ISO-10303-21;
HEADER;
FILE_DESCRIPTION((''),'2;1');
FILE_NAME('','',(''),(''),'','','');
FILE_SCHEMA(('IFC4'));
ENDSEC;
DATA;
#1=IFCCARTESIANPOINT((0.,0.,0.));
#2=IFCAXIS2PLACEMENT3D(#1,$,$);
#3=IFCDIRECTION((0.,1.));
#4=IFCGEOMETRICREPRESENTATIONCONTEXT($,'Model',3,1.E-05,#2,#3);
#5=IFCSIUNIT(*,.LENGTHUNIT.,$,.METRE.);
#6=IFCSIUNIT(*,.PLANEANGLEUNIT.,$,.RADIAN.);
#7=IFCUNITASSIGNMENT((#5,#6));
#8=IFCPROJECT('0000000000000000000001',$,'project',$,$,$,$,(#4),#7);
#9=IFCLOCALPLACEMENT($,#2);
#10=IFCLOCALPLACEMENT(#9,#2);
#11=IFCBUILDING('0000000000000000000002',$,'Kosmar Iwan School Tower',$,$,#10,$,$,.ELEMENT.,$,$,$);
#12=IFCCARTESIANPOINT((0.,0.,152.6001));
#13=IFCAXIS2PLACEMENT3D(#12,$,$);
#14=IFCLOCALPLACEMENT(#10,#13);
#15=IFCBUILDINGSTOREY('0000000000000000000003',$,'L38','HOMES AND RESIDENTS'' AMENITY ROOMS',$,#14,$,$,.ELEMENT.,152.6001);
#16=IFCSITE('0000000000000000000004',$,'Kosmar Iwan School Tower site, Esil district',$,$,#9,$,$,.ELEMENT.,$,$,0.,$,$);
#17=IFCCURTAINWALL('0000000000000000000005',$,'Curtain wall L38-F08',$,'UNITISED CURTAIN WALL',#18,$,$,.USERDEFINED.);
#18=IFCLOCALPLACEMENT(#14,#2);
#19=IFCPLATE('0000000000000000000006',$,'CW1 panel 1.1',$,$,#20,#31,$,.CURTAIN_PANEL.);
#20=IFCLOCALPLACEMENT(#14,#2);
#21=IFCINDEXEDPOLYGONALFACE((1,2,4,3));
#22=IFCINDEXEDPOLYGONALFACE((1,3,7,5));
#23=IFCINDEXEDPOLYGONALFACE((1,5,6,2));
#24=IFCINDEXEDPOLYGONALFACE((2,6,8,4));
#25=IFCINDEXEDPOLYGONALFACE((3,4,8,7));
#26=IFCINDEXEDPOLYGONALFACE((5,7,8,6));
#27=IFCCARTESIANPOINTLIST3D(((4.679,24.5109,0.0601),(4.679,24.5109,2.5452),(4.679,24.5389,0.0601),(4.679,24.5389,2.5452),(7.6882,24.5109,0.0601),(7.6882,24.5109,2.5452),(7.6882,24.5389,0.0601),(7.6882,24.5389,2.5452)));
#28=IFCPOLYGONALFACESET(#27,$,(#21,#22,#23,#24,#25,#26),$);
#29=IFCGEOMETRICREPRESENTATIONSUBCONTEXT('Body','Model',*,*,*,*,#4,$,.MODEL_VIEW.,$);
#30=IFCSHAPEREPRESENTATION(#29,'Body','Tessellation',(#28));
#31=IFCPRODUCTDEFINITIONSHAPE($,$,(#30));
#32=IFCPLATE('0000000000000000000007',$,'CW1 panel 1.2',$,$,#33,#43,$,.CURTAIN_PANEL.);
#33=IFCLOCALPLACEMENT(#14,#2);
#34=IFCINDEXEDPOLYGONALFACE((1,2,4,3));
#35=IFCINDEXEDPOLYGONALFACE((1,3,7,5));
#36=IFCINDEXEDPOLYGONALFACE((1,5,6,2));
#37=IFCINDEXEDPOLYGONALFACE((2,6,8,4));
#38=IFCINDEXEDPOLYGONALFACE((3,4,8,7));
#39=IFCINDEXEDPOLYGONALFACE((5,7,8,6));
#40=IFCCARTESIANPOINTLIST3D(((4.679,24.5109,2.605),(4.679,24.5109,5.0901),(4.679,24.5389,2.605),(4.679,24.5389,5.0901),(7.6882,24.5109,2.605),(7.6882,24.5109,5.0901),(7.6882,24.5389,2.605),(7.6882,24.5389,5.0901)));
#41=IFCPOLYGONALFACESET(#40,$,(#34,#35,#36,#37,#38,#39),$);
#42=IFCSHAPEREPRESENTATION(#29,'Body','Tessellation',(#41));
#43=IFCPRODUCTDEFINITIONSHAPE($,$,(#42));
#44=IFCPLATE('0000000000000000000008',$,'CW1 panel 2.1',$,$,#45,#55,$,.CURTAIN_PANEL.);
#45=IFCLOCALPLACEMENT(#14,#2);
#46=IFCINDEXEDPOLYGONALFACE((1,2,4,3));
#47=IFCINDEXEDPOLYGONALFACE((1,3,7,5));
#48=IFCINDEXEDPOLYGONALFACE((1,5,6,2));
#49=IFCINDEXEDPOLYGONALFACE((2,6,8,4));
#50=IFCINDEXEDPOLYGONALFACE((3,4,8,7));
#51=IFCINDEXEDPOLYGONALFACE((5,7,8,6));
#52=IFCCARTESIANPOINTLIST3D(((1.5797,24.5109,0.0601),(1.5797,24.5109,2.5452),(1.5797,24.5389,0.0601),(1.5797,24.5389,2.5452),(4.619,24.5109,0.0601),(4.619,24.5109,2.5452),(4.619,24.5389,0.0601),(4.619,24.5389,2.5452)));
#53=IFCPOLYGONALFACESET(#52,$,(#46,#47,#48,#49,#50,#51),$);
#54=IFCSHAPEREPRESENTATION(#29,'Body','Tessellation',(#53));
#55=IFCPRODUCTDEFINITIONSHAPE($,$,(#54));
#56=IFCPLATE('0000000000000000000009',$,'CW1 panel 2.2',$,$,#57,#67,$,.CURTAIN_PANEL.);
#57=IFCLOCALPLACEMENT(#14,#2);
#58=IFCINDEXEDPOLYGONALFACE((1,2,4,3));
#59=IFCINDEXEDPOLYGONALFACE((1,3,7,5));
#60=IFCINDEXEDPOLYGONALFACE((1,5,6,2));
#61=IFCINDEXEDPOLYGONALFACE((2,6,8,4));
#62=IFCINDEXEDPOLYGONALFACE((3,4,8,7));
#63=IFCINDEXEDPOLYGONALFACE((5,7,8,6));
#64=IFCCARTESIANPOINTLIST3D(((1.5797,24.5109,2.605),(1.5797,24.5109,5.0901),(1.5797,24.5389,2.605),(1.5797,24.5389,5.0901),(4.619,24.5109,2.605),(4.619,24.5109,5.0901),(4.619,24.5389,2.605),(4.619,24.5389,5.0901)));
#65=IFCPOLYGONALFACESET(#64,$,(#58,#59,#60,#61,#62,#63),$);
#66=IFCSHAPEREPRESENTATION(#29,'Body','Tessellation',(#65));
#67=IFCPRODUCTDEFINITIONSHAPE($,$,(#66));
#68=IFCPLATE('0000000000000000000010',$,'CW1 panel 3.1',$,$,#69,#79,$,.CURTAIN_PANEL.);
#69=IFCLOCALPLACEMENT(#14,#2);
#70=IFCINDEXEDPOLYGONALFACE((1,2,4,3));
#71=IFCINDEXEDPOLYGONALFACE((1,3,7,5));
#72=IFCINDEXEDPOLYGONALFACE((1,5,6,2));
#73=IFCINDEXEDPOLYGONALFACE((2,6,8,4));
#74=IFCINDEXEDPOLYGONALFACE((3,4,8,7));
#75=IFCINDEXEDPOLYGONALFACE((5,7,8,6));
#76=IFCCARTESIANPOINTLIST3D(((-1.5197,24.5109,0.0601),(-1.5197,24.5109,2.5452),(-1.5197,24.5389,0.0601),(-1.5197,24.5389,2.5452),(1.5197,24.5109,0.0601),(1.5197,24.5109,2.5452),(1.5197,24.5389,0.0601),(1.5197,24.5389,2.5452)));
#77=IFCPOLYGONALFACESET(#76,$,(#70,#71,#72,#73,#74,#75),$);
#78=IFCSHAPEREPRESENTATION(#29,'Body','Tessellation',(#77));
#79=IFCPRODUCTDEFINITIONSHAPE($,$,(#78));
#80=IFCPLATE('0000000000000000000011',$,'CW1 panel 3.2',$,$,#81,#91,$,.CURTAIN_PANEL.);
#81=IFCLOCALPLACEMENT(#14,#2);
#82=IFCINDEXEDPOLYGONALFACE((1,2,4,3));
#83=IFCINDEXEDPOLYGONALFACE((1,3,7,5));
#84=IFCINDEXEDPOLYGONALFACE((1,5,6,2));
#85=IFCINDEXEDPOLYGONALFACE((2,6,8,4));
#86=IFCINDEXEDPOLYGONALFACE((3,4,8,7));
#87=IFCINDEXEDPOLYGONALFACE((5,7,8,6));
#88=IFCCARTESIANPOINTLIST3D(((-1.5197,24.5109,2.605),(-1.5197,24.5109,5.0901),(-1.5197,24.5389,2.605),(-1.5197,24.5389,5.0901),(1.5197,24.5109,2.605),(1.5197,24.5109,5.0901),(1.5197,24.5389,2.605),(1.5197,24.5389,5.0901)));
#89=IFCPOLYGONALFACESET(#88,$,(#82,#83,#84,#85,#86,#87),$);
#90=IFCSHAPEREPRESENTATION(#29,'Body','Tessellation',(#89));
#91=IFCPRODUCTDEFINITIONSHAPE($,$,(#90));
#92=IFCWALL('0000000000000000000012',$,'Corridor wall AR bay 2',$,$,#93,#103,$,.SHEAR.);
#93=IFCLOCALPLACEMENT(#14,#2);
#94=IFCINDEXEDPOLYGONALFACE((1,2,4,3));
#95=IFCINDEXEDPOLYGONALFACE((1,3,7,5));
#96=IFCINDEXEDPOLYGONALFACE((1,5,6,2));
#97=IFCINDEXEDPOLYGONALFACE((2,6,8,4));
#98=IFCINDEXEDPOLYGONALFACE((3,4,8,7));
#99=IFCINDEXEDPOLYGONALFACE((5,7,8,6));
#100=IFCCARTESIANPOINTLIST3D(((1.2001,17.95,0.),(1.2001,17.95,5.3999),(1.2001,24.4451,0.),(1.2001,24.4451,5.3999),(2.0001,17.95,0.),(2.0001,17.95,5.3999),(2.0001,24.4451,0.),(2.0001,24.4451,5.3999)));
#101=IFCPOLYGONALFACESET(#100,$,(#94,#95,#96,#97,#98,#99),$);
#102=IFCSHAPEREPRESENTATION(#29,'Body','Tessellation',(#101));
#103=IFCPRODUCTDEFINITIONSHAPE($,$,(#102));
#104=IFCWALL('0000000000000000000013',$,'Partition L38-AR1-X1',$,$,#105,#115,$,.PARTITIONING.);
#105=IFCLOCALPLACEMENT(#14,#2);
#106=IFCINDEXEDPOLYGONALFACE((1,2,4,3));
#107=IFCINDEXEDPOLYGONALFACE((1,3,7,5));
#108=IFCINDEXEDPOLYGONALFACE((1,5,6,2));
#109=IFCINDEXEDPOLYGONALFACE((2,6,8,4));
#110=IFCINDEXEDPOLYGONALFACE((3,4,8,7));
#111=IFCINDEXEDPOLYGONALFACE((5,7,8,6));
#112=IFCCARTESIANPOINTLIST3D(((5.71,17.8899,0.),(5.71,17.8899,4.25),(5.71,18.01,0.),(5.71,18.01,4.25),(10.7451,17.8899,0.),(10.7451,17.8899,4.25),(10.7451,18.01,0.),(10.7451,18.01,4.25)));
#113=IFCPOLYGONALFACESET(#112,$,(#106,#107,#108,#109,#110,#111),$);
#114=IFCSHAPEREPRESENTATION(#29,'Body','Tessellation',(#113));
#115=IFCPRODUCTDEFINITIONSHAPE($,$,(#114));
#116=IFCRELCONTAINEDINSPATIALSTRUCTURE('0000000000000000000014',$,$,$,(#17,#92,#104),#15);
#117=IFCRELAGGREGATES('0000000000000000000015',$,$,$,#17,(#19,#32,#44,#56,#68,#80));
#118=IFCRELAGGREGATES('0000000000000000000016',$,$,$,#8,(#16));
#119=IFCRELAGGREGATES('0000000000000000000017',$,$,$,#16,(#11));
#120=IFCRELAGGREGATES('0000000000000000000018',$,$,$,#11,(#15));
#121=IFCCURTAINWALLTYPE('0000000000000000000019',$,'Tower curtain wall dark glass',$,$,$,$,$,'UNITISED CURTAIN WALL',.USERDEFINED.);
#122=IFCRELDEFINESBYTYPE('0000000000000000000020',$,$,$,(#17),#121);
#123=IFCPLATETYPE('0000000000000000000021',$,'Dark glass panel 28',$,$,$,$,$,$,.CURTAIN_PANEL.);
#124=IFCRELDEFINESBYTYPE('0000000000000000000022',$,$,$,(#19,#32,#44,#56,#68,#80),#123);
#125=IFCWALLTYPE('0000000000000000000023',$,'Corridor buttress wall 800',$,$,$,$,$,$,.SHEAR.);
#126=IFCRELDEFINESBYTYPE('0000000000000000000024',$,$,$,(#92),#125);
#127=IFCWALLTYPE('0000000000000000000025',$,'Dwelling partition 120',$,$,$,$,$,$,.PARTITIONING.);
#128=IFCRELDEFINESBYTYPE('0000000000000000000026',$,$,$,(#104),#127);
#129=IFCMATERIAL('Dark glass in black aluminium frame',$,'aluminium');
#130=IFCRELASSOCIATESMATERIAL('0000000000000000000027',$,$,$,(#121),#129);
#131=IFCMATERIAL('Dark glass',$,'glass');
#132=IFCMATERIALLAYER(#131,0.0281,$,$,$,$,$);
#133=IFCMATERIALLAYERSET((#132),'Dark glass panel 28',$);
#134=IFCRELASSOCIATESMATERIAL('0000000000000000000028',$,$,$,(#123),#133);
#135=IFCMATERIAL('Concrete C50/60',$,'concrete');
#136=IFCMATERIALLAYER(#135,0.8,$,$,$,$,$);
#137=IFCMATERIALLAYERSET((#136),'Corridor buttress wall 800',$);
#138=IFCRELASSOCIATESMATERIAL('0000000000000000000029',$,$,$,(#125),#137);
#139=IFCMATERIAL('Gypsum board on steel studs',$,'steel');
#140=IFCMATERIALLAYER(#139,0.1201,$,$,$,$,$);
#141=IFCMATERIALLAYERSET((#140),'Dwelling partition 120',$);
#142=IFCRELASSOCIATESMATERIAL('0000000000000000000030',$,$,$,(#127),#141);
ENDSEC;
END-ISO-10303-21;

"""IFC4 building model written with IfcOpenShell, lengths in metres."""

from ifc_helpers import new_model, si_unit, direction, frame, frame_2d, origin, origin_2d, place, context, subcontext, project, spatial, rectangle, extrude, material, layer, layer_set, type_object, element, aggregate, save


model = new_model("IFC4")

# Units and contexts
model_context = context("Model", 3, precision=1e-05, world=origin(), true_north=direction((0.0, 1.0)))
body_context = subcontext(model_context, "Body", "Model", "MODEL_VIEW")
ifc_project = project(units=[si_unit("LENGTHUNIT", "METRE"), si_unit("PLANEANGLEUNIT", "RADIAN")], contexts=[model_context])

# Site, building, storey
site_placement = place(None, origin())
site = spatial("IfcSite", under=ifc_project, at=site_placement, Name="Kosmar Iwan School Tower site, Esil district", CompositionType="ELEMENT", RefElevation=0.0)
building_placement = place(site_placement, origin())
building = spatial("IfcBuilding", under=site, at=building_placement, Name="Kosmar Iwan School Tower", CompositionType="ELEMENT")
storey_placement = place(building_placement, frame((0.0, 0.0, 152.6001)))
storey = spatial("IfcBuildingStorey", under=building, at=storey_placement, Name="L38", Description="HOMES AND RESIDENTS' AMENITY ROOMS", CompositionType="ELEMENT", Elevation=152.6001)

# Curtain wall
ifc_material_1 = material(Name="Dark glass in black aluminium frame", Category="aluminium")
curtain_wall_type = type_object("IfcCurtainWallType", Name="Tower curtain wall dark glass", ElementType="UNITISED CURTAIN WALL", PredefinedType="USERDEFINED", material=ifc_material_1)
curtain_wall_placement = place(storey_placement, origin())
curtain_wall = element("IfcCurtainWall", 1, at=curtain_wall_placement, inside=storey, type_object=curtain_wall_type, Name="Curtain wall L38-F08", ObjectType="UNITISED CURTAIN WALL", PredefinedType="USERDEFINED")

# Plates
ifc_material_2 = material(Name="Dark glass", Category="glass")
ifc_layer_1 = layer(ifc_material_2, 0.0281)
ifc_layer_set_1 = layer_set([ifc_layer_1], Name="Dark glass panel 28")
plate_type = type_object("IfcPlateType", Name="Dark glass panel 28", PredefinedType="CURTAIN_PANEL", material=ifc_layer_set_1)
plate_1_placement = place(storey_placement, frame((6.1836, 24.5249, 0.0601), z_axis=(0.0, 0.0, 1.0), x_axis=(-1.0, 0.0, 0.0)))
plate_1 = element("IfcPlate", 2, at=plate_1_placement, type_object=plate_type, Name="CW1 panel 1.1", PredefinedType="CURTAIN_PANEL", context=body_context, shape_type="SweptSolid", body=[
    extrude(rectangle(XDim=3.0093, YDim=0.0281, at=origin_2d()), origin(), (0.0, 0.0, 1.0), 2.4851),
])
plate_2_placement = place(storey_placement, frame((6.1836, 24.5249, 2.605), z_axis=(0.0, 0.0, 1.0), x_axis=(-1.0, 0.0, 0.0)))
plate_2 = element("IfcPlate", 3, at=plate_2_placement, type_object=plate_type, Name="CW1 panel 1.2", PredefinedType="CURTAIN_PANEL", context=body_context, shape_type="SweptSolid", body=[
    extrude(rectangle(XDim=3.0093, YDim=0.0281, at=origin_2d()), origin(), (0.0, 0.0, 1.0), 2.4851),
])
plate_3_placement = place(storey_placement, frame((3.0994, 24.5249, 0.0601), z_axis=(0.0, 0.0, 1.0), x_axis=(-1.0, 0.0, 0.0)))
plate_3 = element("IfcPlate", 4, at=plate_3_placement, type_object=plate_type, Name="CW1 panel 2.1", PredefinedType="CURTAIN_PANEL", context=body_context, shape_type="SweptSolid", body=[
    extrude(rectangle(XDim=3.0393, YDim=0.0281, at=origin_2d()), origin(), (0.0, 0.0, 1.0), 2.4851),
])
plate_4_placement = place(storey_placement, frame((3.0994, 24.5249, 2.605), z_axis=(0.0, 0.0, 1.0), x_axis=(-1.0, 0.0, 0.0)))
plate_4 = element("IfcPlate", 5, at=plate_4_placement, type_object=plate_type, Name="CW1 panel 2.2", PredefinedType="CURTAIN_PANEL", context=body_context, shape_type="SweptSolid", body=[
    extrude(rectangle(XDim=3.0393, YDim=0.0281, at=origin_2d()), origin(), (0.0, 0.0, 1.0), 2.4851),
])
plate_5_placement = place(storey_placement, frame((0.0, 24.5249, 0.0601), z_axis=(0.0, 0.0, 1.0), x_axis=(-1.0, 0.0, 0.0)))
plate_5 = element("IfcPlate", 6, at=plate_5_placement, type_object=plate_type, Name="CW1 panel 3.1", PredefinedType="CURTAIN_PANEL", context=body_context, shape_type="SweptSolid", body=[
    extrude(rectangle(XDim=3.0393, YDim=0.0281, at=origin_2d()), origin(), (0.0, 0.0, 1.0), 2.4851),
])
plate_6_placement = place(storey_placement, frame((0.0, 24.5249, 2.605), z_axis=(0.0, 0.0, 1.0), x_axis=(-1.0, 0.0, 0.0)))
plate_6 = element("IfcPlate", 7, at=plate_6_placement, type_object=plate_type, Name="CW1 panel 3.2", PredefinedType="CURTAIN_PANEL", context=body_context, shape_type="SweptSolid", body=[
    extrude(rectangle(XDim=3.0393, YDim=0.0281, at=origin_2d()), origin(), (0.0, 0.0, 1.0), 2.4851),
])
aggregate(curtain_wall, [plate_1, plate_2, plate_3, plate_4, plate_5, plate_6])

# Walls
ifc_material_3 = material(Name="Concrete C50/60", Category="concrete")
ifc_layer_2 = layer(ifc_material_3, 0.8)
ifc_layer_set_2 = layer_set([ifc_layer_2], Name="Corridor buttress wall 800")
wall_type_1 = type_object("IfcWallType", Name="Corridor buttress wall 800", PredefinedType="SHEAR", material=ifc_layer_set_2)
wall_1_placement = place(storey_placement, frame((1.6001, 17.95, 0.0), z_axis=(0.0, 0.0, 1.0), x_axis=(0.0, 1.0, 0.0)))
element("IfcWall", 8, at=wall_1_placement, inside=storey, type_object=wall_type_1, Name="Corridor wall AR bay 2", PredefinedType="SHEAR", context=body_context, shape_type="SweptSolid", body=[
    extrude(rectangle(XDim=6.4951, YDim=0.8, at=frame_2d((3.2476, 0.0))), origin(), (0.0, 0.0, 1.0), 5.3999),
])
ifc_material_4 = material(Name="Gypsum board on steel studs", Category="steel")
ifc_layer_3 = layer(ifc_material_4, 0.1201)
ifc_layer_set_3 = layer_set([ifc_layer_3], Name="Dwelling partition 120")
wall_type_2 = type_object("IfcWallType", Name="Dwelling partition 120", PredefinedType="PARTITIONING", material=ifc_layer_set_3)
wall_2_placement = place(storey_placement, frame((5.71, 17.95, 0.0), z_axis=(0.0, 0.0, 1.0), x_axis=(1.0, 0.0, 0.0)))
element("IfcWall", 9, at=wall_2_placement, inside=storey, type_object=wall_type_2, Name="Partition L38-AR1-X1", PredefinedType="PARTITIONING", context=body_context, shape_type="SweptSolid", body=[
    extrude(rectangle(XDim=5.0352, YDim=0.1201, at=frame_2d((2.5176, 0.0))), origin(), (0.0, 0.0, 1.0), 4.25),
])

save(model, "model.ifc")
